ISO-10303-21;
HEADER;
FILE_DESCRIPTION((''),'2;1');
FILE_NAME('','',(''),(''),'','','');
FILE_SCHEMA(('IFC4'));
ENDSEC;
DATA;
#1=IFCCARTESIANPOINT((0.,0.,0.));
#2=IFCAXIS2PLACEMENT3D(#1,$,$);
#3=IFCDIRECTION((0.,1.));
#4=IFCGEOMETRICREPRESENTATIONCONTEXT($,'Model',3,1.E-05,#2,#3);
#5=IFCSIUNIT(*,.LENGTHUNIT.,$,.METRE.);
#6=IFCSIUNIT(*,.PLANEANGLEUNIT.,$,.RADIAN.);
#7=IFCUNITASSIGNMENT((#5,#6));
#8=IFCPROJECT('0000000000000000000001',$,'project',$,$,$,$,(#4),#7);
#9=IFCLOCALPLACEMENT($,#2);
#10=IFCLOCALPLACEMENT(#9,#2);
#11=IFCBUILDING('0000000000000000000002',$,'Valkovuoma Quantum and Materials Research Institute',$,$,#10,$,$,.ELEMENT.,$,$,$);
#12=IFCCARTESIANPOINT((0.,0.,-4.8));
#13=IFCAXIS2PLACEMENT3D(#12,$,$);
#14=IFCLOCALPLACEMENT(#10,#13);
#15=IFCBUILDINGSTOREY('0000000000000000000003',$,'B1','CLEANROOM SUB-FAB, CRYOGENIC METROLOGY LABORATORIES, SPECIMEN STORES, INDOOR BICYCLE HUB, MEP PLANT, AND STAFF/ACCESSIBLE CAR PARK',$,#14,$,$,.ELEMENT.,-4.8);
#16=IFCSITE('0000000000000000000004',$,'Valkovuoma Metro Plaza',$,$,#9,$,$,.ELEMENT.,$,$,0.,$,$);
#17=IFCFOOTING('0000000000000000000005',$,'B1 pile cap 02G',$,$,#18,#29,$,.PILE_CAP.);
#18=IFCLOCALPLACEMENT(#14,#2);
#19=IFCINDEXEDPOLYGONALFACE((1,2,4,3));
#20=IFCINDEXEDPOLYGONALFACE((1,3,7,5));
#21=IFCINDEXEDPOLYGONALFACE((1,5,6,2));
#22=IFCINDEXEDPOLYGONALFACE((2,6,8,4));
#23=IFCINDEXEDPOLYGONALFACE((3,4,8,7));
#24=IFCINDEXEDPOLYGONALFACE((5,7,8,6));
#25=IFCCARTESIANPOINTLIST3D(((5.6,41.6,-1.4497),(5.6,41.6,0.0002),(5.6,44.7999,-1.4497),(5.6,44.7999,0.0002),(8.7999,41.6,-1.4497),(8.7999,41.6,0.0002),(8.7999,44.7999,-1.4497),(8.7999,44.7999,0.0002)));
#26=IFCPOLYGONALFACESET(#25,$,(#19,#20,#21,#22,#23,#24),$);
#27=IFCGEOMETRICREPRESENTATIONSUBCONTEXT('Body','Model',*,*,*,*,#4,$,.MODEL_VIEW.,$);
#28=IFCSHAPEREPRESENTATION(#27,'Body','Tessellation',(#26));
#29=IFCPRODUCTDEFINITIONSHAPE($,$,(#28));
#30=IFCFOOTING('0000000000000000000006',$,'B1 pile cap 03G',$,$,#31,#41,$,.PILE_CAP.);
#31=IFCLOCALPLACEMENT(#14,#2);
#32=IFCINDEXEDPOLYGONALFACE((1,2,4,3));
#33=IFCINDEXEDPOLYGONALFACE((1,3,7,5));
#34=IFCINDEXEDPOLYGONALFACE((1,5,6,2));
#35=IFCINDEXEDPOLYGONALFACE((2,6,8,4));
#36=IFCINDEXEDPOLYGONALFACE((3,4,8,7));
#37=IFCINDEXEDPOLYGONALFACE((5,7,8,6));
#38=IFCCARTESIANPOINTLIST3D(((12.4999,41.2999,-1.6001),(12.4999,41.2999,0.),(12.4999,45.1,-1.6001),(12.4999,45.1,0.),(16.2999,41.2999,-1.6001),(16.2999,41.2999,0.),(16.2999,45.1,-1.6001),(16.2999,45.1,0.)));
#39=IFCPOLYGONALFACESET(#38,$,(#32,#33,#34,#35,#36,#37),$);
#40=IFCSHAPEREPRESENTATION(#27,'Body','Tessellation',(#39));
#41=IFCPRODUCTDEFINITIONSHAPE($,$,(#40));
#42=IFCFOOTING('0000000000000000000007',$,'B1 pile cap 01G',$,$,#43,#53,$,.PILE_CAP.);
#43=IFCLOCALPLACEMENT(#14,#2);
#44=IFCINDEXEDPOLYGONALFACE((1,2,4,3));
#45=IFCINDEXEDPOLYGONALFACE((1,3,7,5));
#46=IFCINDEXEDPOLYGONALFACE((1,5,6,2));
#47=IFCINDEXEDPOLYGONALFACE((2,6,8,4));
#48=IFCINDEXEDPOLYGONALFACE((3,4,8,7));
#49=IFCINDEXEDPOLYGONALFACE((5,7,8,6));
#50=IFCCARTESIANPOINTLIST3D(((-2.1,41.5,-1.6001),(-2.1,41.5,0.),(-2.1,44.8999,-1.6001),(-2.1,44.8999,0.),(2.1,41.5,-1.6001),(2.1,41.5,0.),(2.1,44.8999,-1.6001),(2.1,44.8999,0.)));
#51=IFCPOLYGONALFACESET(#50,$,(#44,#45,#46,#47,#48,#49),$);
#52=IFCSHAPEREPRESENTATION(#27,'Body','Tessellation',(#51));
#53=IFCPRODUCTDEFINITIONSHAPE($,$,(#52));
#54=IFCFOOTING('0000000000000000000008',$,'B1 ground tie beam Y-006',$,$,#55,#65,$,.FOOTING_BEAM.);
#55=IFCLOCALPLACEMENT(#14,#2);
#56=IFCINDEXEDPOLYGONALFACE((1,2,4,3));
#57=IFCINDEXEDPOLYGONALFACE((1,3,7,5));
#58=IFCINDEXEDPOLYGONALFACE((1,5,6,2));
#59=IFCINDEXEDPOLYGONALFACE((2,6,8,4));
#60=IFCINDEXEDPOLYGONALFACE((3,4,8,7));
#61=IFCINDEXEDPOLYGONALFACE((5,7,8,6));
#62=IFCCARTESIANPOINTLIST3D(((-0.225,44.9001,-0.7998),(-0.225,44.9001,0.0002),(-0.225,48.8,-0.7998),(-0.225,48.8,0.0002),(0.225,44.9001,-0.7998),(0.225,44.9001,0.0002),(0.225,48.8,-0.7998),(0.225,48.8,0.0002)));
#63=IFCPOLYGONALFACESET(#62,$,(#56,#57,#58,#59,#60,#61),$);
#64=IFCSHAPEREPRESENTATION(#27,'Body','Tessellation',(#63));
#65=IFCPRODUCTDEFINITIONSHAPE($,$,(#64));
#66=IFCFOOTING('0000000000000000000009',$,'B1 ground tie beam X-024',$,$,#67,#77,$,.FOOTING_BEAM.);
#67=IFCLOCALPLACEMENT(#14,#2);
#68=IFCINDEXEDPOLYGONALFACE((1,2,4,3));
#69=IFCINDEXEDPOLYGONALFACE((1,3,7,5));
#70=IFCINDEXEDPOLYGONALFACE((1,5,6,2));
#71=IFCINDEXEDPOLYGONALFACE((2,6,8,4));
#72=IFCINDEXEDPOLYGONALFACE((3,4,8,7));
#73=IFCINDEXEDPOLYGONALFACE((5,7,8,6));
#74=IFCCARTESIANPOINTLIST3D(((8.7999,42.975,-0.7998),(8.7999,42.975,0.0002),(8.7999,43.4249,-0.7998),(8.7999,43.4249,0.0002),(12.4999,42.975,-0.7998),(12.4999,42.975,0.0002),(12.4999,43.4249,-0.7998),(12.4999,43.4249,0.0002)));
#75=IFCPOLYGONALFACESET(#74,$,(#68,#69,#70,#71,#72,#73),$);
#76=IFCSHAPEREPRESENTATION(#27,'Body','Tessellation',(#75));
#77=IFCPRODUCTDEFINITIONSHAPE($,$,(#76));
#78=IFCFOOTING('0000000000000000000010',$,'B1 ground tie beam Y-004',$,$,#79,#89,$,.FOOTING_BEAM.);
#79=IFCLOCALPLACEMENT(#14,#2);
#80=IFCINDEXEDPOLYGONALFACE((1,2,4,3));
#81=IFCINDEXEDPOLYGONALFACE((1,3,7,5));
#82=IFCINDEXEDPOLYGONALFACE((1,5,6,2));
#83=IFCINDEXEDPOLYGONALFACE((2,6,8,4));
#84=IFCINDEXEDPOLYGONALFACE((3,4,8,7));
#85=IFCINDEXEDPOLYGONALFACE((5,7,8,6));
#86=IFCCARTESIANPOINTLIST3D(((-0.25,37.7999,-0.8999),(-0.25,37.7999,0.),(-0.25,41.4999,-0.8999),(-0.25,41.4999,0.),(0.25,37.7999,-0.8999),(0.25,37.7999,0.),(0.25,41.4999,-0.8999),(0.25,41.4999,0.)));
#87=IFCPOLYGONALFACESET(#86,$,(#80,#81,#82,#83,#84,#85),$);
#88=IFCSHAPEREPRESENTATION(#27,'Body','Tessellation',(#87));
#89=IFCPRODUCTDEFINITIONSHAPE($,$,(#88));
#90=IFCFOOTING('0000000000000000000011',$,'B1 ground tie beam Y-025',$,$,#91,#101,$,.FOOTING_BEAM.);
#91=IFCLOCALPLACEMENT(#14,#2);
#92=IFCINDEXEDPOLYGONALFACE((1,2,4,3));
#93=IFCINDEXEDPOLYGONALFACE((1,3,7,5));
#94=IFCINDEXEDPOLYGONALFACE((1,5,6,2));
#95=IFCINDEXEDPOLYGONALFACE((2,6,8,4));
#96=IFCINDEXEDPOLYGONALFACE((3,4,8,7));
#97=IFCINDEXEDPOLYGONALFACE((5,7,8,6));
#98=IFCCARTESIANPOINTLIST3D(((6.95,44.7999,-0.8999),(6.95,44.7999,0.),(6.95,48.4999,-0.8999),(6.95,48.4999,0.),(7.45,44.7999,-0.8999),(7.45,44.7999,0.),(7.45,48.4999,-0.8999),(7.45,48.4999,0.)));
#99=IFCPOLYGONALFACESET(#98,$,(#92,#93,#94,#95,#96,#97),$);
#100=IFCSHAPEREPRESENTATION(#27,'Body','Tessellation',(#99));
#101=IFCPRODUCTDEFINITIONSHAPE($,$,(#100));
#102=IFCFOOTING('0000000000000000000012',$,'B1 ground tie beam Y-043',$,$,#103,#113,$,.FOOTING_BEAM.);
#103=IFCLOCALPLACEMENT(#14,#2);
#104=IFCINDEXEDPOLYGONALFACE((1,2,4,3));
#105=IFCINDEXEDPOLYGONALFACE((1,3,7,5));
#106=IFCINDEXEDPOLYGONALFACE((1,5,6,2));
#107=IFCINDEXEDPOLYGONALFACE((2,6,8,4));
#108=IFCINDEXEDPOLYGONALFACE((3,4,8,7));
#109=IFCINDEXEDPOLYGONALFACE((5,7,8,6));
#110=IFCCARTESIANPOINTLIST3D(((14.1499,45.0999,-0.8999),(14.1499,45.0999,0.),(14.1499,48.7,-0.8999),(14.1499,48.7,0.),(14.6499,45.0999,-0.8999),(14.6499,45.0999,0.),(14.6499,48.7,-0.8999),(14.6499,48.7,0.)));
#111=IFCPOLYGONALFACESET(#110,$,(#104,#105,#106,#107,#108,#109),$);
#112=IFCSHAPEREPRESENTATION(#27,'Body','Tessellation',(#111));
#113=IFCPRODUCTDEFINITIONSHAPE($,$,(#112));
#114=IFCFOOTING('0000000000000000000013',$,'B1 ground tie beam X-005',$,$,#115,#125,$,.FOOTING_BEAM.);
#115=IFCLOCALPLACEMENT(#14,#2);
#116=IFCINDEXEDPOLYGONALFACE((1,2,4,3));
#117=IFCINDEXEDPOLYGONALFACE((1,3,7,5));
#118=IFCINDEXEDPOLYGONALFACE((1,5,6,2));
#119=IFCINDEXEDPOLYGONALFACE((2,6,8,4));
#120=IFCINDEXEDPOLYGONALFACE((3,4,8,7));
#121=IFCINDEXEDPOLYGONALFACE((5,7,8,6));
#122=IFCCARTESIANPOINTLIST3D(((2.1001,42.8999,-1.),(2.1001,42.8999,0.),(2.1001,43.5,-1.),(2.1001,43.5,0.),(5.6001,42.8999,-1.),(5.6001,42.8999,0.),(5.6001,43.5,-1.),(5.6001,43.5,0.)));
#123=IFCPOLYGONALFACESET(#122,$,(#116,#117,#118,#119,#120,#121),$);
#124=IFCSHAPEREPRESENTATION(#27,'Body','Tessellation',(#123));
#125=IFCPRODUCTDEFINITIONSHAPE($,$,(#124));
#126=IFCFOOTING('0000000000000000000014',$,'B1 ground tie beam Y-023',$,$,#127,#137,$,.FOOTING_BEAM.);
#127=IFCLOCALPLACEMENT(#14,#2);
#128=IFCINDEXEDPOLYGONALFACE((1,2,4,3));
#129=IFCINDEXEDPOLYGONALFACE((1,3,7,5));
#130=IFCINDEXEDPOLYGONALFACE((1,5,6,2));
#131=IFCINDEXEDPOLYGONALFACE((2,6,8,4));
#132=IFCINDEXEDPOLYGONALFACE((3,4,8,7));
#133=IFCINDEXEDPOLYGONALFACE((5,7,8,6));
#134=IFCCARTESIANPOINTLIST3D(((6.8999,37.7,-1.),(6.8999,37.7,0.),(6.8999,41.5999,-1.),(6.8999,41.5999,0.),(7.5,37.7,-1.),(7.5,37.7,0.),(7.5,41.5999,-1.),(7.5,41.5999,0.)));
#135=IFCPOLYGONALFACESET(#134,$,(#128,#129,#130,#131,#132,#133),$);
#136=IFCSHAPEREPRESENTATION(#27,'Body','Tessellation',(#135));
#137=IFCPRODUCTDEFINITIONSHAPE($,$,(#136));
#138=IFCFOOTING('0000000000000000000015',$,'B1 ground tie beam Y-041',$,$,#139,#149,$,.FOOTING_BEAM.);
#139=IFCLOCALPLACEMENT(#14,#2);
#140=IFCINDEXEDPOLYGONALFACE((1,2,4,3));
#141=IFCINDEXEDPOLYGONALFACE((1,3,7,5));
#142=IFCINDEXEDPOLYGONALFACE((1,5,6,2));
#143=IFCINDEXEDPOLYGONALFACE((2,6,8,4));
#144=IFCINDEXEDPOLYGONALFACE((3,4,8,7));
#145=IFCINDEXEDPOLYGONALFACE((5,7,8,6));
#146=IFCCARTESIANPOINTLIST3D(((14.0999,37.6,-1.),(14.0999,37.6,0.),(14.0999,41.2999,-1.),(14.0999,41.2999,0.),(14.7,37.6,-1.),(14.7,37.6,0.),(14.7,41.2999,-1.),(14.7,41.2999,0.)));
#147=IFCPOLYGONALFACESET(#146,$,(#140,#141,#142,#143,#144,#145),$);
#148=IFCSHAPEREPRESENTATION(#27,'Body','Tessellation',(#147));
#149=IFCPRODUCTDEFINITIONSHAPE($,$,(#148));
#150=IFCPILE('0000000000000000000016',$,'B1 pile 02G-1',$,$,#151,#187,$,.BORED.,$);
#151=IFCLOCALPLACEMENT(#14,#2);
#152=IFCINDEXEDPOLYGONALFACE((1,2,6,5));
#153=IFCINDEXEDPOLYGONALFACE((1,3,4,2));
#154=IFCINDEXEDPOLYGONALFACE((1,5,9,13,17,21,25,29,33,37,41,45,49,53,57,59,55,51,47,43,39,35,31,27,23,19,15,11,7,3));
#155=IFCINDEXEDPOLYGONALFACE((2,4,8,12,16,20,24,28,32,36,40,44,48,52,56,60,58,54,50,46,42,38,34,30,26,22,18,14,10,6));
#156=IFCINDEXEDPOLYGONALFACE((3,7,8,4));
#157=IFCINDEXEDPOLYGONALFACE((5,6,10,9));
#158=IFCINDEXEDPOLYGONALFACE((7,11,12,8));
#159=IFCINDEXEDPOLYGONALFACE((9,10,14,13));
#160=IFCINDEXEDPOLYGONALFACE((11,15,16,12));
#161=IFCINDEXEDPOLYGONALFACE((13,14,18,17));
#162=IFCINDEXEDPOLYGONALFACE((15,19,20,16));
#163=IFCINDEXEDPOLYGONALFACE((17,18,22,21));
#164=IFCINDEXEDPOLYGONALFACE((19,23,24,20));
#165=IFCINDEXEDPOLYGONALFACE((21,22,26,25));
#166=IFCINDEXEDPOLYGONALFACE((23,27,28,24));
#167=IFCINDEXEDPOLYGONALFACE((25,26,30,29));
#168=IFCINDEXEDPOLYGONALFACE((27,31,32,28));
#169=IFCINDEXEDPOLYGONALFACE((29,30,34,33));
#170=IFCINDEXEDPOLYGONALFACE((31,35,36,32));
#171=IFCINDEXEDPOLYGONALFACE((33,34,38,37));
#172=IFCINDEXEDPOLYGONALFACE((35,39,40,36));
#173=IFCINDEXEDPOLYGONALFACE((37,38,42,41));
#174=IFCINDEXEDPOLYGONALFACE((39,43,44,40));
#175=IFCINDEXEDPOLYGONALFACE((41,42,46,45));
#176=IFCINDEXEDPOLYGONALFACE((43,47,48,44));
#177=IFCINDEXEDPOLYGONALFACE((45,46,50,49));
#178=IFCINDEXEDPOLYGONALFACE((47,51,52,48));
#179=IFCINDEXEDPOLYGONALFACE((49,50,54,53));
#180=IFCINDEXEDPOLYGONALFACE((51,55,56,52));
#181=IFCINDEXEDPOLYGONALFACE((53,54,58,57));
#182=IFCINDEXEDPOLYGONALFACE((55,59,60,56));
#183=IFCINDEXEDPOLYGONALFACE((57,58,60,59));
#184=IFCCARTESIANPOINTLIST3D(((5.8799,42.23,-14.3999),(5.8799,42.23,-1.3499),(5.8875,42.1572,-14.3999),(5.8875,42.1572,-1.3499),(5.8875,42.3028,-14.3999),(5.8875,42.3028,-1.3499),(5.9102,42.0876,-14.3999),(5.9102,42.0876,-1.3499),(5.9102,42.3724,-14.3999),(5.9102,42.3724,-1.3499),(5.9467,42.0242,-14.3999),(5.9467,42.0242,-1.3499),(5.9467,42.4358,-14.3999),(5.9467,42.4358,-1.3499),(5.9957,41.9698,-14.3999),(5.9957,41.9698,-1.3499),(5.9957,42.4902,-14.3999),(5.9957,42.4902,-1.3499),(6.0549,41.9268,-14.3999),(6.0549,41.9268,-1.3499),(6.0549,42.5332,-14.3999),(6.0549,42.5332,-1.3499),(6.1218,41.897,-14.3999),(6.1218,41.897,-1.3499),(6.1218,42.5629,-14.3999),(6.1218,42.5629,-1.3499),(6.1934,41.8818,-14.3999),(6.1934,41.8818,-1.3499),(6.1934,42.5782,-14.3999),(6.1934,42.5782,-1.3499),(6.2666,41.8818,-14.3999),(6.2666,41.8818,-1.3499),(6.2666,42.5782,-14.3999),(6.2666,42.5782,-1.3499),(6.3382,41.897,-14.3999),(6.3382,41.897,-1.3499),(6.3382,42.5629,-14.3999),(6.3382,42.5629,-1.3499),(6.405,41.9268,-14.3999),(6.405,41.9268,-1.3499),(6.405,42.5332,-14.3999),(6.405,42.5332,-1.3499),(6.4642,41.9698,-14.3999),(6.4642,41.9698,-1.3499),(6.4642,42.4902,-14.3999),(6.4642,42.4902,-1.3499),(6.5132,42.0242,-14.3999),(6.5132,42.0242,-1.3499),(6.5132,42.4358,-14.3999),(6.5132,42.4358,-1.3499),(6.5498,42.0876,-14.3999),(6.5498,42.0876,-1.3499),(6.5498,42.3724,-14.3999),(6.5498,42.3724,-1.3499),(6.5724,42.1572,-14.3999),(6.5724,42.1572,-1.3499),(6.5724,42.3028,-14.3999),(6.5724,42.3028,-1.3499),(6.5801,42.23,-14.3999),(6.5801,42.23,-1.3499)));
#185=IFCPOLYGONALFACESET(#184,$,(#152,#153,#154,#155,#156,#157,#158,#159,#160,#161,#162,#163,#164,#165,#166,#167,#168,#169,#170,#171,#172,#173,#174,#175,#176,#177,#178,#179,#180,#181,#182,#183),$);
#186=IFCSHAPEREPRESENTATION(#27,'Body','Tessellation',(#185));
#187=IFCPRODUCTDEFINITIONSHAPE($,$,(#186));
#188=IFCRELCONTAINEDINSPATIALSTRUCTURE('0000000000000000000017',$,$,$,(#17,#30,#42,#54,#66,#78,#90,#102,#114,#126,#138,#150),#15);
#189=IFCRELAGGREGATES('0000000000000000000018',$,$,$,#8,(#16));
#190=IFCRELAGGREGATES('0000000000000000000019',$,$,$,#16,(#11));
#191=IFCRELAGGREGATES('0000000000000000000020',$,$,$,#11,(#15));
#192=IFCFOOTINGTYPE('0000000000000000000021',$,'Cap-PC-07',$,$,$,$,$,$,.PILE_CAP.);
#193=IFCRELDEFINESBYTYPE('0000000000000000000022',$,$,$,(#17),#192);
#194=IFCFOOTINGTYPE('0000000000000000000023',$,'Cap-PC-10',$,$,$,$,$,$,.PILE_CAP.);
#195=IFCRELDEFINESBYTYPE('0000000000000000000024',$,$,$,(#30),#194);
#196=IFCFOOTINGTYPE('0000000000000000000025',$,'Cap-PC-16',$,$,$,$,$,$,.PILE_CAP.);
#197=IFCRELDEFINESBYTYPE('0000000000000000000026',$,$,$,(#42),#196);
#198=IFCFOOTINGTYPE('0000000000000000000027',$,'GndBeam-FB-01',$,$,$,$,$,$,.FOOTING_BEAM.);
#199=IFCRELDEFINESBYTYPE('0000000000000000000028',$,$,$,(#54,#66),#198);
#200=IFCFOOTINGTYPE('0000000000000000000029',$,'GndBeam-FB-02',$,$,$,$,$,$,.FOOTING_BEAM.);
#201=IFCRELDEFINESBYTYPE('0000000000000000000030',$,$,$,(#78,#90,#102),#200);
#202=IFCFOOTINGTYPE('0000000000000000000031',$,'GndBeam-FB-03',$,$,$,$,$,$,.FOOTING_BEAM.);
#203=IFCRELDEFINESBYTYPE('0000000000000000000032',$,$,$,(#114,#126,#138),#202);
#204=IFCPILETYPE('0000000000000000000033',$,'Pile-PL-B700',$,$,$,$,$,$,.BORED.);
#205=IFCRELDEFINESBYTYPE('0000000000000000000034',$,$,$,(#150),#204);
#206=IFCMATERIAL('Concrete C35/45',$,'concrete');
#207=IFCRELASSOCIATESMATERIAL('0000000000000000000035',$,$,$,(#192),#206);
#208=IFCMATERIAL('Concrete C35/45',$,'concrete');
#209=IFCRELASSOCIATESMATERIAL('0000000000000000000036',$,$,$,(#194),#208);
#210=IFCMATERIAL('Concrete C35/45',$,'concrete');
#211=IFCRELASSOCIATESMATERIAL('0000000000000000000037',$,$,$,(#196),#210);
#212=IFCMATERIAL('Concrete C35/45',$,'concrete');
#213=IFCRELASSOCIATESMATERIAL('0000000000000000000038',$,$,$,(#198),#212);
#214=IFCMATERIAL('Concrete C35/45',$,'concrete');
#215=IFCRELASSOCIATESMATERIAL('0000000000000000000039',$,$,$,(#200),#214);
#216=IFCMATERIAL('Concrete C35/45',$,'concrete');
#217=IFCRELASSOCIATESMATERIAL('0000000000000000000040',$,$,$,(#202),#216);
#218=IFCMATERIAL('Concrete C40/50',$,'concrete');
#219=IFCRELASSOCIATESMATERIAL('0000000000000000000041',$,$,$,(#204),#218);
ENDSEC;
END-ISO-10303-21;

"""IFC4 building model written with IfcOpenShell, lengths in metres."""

from ifc_helpers import new_model, si_unit, direction, frame, origin, origin_2d, place, context, subcontext, project, spatial, rectangle, circle, extrude, material, material_profile, profile_set, type_object, element, save


model = new_model("IFC4")

# Units and contexts
model_context = context("Model", 3, precision=1e-05, world=origin(), true_north=direction((0.0, 1.0)))
body_context = subcontext(model_context, "Body", "Model", "MODEL_VIEW")
ifc_project = project(units=[si_unit("LENGTHUNIT", "METRE"), si_unit("PLANEANGLEUNIT", "RADIAN")], contexts=[model_context])

# Site, building, storey
site_placement = place(None, origin())
site = spatial("IfcSite", under=ifc_project, at=site_placement, Name="Valkovuoma Metro Plaza", CompositionType="ELEMENT", RefElevation=0.0)
building_placement = place(site_placement, origin())
building = spatial("IfcBuilding", under=site, at=building_placement, Name="Valkovuoma Quantum and Materials Research Institute", CompositionType="ELEMENT")
storey_placement = place(building_placement, frame((0.0, 0.0, -4.8)))
storey = spatial("IfcBuildingStorey", under=building, at=storey_placement, Name="B1", Description="CLEANROOM SUB-FAB, CRYOGENIC METROLOGY LABORATORIES, SPECIMEN STORES, INDOOR BICYCLE HUB, MEP PLANT, AND STAFF/ACCESSIBLE CAR PARK", CompositionType="ELEMENT", Elevation=-4.8)

# Footings
ifc_material_1 = material(Name="Concrete C35/45", Category="concrete")
footing_type_1 = type_object("IfcFootingType", Name="Cap-PC-07", PredefinedType="PILE_CAP", material=ifc_material_1)
footing_1_placement = place(storey_placement, frame((7.2, 43.2, -1.4497), z_axis=(0.0, 0.0, 1.0), x_axis=(1.0, 0.0, 0.0)))
element("IfcFooting", 1, at=footing_1_placement, inside=storey, type_object=footing_type_1, Name="B1 pile cap 02G", PredefinedType="PILE_CAP", context=body_context, shape_type="SweptSolid", body=[
    extrude(rectangle(XDim=3.2, YDim=3.2, at=origin_2d()), origin(), (0.0, 0.0, 1.0), 1.45),
])
ifc_material_2 = material(Name="Concrete C35/45", Category="concrete")
footing_type_2 = type_object("IfcFootingType", Name="Cap-PC-10", PredefinedType="PILE_CAP", material=ifc_material_2)
footing_2_placement = place(storey_placement, frame((14.3999, 43.2, -1.6001), z_axis=(0.0, 0.0, 1.0), x_axis=(1.0, 0.0, 0.0)))
element("IfcFooting", 2, at=footing_2_placement, inside=storey, type_object=footing_type_2, Name="B1 pile cap 03G", PredefinedType="PILE_CAP", context=body_context, shape_type="SweptSolid", body=[
    extrude(rectangle(XDim=3.8, YDim=3.8, at=origin_2d()), origin(), (0.0, 0.0, 1.0), 1.6001),
])
ifc_material_3 = material(Name="Concrete C35/45", Category="concrete")
footing_type_3 = type_object("IfcFootingType", Name="Cap-PC-16", PredefinedType="PILE_CAP", material=ifc_material_3)
footing_3_placement = place(storey_placement, frame((0.0, 43.2, -1.6001), z_axis=(0.0, 0.0, 1.0), x_axis=(1.0, 0.0, 0.0)))
element("IfcFooting", 3, at=footing_3_placement, inside=storey, type_object=footing_type_3, Name="B1 pile cap 01G", PredefinedType="PILE_CAP", context=body_context, shape_type="SweptSolid", body=[
    extrude(rectangle(XDim=4.2, YDim=3.3999, at=origin_2d()), origin(), (0.0, 0.0, 1.0), 1.6001),
])
ifc_material_4 = material(Name="Concrete C35/45", Category="concrete")
footing_type_4 = type_object("IfcFootingType", Name="GndBeam-FB-01", PredefinedType="FOOTING_BEAM", material=ifc_material_4)
footing_4_placement = place(storey_placement, frame((0.0, 46.8501, -0.7998), z_axis=(0.0, 0.0, 1.0), x_axis=(0.0, 1.0, 0.0)))
element("IfcFooting", 4, at=footing_4_placement, inside=storey, type_object=footing_type_4, Name="B1 ground tie beam Y-006", PredefinedType="FOOTING_BEAM", context=body_context, shape_type="SweptSolid", body=[
    extrude(rectangle(XDim=3.8999, YDim=0.45, at=origin_2d()), origin(), (0.0, 0.0, 1.0), 0.8),
])
footing_5_placement = place(storey_placement, frame((10.6499, 43.2, -0.7998), z_axis=(0.0, 0.0, 1.0), x_axis=(1.0, 0.0, 0.0)))
element("IfcFooting", 5, at=footing_5_placement, inside=storey, type_object=footing_type_4, Name="B1 ground tie beam X-024", PredefinedType="FOOTING_BEAM", context=body_context, shape_type="SweptSolid", body=[
    extrude(rectangle(XDim=3.7, YDim=0.45, at=origin_2d()), origin(), (0.0, 0.0, 1.0), 0.8),
])
ifc_material_5 = material(Name="Concrete C35/45", Category="concrete")
footing_type_5 = type_object("IfcFootingType", Name="GndBeam-FB-02", PredefinedType="FOOTING_BEAM", material=ifc_material_5)
for number, where, z_axis, x_axis, name in (
    (6, (0.0, 39.6499, -0.8999), (0.0, 0.0, 1.0), (0.0, 1.0, 0.0), "B1 ground tie beam Y-004"),
    (7, (7.2, 46.6499, -0.8999), (0.0, 0.0, 1.0), (0.0, 1.0, 0.0), "B1 ground tie beam Y-025"),
):
    element("IfcFooting", number, at=place(storey_placement, frame(where, z_axis=z_axis, x_axis=x_axis)), inside=storey, type_object=footing_type_5, Name=name, PredefinedType="FOOTING_BEAM", context=body_context, shape_type="SweptSolid", body=[
        extrude(rectangle(XDim=3.7, YDim=0.5, at=origin_2d()), origin(), (0.0, 0.0, 1.0), 0.8999),
    ])
footing_6_placement = place(storey_placement, frame((14.3999, 46.8999, -0.8999), z_axis=(0.0, 0.0, 1.0), x_axis=(0.0, 1.0, 0.0)))
element("IfcFooting", 8, at=footing_6_placement, inside=storey, type_object=footing_type_5, Name="B1 ground tie beam Y-043", PredefinedType="FOOTING_BEAM", context=body_context, shape_type="SweptSolid", body=[
    extrude(rectangle(XDim=3.6001, YDim=0.5, at=origin_2d()), origin(), (0.0, 0.0, 1.0), 0.8999),
])
ifc_material_6 = material(Name="Concrete C35/45", Category="concrete")
footing_type_6 = type_object("IfcFootingType", Name="GndBeam-FB-03", PredefinedType="FOOTING_BEAM", material=ifc_material_6)
footing_7_placement = place(storey_placement, frame((3.8501, 43.2, -1.0), z_axis=(0.0, 0.0, 1.0), x_axis=(1.0, 0.0, 0.0)))
element("IfcFooting", 9, at=footing_7_placement, inside=storey, type_object=footing_type_6, Name="B1 ground tie beam X-005", PredefinedType="FOOTING_BEAM", context=body_context, shape_type="SweptSolid", body=[
    extrude(rectangle(XDim=3.5, YDim=0.6001, at=origin_2d()), origin(), (0.0, 0.0, 1.0), 1.0),
])
footing_8_placement = place(storey_placement, frame((7.2, 39.6499, -1.0), z_axis=(0.0, 0.0, 1.0), x_axis=(0.0, 1.0, 0.0)))
element("IfcFooting", 10, at=footing_8_placement, inside=storey, type_object=footing_type_6, Name="B1 ground tie beam Y-023", PredefinedType="FOOTING_BEAM", context=body_context, shape_type="SweptSolid", body=[
    extrude(rectangle(XDim=3.8999, YDim=0.6001, at=origin_2d()), origin(), (0.0, 0.0, 1.0), 1.0),
])
footing_9_placement = place(storey_placement, frame((14.3999, 39.45, -1.0), z_axis=(0.0, 0.0, 1.0), x_axis=(0.0, 1.0, 0.0)))
element("IfcFooting", 11, at=footing_9_placement, inside=storey, type_object=footing_type_6, Name="B1 ground tie beam Y-041", PredefinedType="FOOTING_BEAM", context=body_context, shape_type="SweptSolid", body=[
    extrude(rectangle(XDim=3.7, YDim=0.6001, at=origin_2d()), origin(), (0.0, 0.0, 1.0), 1.0),
])

# Pile
ifc_material_7 = material(Name="Concrete C40/50", Category="concrete")
ifc_material_profile_1 = material_profile(ifc_material_7, circle(Radius=0.3501, at=origin_2d()), Name="Concrete C40/50")
ifc_profile_set_1 = profile_set([ifc_material_profile_1], Name="Concrete C40/50")
pile_type_1 = type_object("IfcPileType", Name="Pile-PL-B700", PredefinedType="BORED", material=ifc_profile_set_1)
for number, where, z_axis, x_axis, name in (
    (12, (6.23, 42.23, -1.3499), (0.0, 0.0, -1.0), (1.0, 0.0, 0.0), "B1 pile 02G-1"),
):
    element("IfcPile", number, at=place(storey_placement, frame(where, z_axis=z_axis, x_axis=x_axis)), inside=storey, type_object=pile_type_1, Name=name, PredefinedType="BORED", context=body_context, shape_type="SweptSolid", body=[
        extrude(circle(Radius=0.3501, at=origin_2d()), origin(), (0.0, 0.0, 1.0), 13.05),
    ])

save(model, "model.ifc")
